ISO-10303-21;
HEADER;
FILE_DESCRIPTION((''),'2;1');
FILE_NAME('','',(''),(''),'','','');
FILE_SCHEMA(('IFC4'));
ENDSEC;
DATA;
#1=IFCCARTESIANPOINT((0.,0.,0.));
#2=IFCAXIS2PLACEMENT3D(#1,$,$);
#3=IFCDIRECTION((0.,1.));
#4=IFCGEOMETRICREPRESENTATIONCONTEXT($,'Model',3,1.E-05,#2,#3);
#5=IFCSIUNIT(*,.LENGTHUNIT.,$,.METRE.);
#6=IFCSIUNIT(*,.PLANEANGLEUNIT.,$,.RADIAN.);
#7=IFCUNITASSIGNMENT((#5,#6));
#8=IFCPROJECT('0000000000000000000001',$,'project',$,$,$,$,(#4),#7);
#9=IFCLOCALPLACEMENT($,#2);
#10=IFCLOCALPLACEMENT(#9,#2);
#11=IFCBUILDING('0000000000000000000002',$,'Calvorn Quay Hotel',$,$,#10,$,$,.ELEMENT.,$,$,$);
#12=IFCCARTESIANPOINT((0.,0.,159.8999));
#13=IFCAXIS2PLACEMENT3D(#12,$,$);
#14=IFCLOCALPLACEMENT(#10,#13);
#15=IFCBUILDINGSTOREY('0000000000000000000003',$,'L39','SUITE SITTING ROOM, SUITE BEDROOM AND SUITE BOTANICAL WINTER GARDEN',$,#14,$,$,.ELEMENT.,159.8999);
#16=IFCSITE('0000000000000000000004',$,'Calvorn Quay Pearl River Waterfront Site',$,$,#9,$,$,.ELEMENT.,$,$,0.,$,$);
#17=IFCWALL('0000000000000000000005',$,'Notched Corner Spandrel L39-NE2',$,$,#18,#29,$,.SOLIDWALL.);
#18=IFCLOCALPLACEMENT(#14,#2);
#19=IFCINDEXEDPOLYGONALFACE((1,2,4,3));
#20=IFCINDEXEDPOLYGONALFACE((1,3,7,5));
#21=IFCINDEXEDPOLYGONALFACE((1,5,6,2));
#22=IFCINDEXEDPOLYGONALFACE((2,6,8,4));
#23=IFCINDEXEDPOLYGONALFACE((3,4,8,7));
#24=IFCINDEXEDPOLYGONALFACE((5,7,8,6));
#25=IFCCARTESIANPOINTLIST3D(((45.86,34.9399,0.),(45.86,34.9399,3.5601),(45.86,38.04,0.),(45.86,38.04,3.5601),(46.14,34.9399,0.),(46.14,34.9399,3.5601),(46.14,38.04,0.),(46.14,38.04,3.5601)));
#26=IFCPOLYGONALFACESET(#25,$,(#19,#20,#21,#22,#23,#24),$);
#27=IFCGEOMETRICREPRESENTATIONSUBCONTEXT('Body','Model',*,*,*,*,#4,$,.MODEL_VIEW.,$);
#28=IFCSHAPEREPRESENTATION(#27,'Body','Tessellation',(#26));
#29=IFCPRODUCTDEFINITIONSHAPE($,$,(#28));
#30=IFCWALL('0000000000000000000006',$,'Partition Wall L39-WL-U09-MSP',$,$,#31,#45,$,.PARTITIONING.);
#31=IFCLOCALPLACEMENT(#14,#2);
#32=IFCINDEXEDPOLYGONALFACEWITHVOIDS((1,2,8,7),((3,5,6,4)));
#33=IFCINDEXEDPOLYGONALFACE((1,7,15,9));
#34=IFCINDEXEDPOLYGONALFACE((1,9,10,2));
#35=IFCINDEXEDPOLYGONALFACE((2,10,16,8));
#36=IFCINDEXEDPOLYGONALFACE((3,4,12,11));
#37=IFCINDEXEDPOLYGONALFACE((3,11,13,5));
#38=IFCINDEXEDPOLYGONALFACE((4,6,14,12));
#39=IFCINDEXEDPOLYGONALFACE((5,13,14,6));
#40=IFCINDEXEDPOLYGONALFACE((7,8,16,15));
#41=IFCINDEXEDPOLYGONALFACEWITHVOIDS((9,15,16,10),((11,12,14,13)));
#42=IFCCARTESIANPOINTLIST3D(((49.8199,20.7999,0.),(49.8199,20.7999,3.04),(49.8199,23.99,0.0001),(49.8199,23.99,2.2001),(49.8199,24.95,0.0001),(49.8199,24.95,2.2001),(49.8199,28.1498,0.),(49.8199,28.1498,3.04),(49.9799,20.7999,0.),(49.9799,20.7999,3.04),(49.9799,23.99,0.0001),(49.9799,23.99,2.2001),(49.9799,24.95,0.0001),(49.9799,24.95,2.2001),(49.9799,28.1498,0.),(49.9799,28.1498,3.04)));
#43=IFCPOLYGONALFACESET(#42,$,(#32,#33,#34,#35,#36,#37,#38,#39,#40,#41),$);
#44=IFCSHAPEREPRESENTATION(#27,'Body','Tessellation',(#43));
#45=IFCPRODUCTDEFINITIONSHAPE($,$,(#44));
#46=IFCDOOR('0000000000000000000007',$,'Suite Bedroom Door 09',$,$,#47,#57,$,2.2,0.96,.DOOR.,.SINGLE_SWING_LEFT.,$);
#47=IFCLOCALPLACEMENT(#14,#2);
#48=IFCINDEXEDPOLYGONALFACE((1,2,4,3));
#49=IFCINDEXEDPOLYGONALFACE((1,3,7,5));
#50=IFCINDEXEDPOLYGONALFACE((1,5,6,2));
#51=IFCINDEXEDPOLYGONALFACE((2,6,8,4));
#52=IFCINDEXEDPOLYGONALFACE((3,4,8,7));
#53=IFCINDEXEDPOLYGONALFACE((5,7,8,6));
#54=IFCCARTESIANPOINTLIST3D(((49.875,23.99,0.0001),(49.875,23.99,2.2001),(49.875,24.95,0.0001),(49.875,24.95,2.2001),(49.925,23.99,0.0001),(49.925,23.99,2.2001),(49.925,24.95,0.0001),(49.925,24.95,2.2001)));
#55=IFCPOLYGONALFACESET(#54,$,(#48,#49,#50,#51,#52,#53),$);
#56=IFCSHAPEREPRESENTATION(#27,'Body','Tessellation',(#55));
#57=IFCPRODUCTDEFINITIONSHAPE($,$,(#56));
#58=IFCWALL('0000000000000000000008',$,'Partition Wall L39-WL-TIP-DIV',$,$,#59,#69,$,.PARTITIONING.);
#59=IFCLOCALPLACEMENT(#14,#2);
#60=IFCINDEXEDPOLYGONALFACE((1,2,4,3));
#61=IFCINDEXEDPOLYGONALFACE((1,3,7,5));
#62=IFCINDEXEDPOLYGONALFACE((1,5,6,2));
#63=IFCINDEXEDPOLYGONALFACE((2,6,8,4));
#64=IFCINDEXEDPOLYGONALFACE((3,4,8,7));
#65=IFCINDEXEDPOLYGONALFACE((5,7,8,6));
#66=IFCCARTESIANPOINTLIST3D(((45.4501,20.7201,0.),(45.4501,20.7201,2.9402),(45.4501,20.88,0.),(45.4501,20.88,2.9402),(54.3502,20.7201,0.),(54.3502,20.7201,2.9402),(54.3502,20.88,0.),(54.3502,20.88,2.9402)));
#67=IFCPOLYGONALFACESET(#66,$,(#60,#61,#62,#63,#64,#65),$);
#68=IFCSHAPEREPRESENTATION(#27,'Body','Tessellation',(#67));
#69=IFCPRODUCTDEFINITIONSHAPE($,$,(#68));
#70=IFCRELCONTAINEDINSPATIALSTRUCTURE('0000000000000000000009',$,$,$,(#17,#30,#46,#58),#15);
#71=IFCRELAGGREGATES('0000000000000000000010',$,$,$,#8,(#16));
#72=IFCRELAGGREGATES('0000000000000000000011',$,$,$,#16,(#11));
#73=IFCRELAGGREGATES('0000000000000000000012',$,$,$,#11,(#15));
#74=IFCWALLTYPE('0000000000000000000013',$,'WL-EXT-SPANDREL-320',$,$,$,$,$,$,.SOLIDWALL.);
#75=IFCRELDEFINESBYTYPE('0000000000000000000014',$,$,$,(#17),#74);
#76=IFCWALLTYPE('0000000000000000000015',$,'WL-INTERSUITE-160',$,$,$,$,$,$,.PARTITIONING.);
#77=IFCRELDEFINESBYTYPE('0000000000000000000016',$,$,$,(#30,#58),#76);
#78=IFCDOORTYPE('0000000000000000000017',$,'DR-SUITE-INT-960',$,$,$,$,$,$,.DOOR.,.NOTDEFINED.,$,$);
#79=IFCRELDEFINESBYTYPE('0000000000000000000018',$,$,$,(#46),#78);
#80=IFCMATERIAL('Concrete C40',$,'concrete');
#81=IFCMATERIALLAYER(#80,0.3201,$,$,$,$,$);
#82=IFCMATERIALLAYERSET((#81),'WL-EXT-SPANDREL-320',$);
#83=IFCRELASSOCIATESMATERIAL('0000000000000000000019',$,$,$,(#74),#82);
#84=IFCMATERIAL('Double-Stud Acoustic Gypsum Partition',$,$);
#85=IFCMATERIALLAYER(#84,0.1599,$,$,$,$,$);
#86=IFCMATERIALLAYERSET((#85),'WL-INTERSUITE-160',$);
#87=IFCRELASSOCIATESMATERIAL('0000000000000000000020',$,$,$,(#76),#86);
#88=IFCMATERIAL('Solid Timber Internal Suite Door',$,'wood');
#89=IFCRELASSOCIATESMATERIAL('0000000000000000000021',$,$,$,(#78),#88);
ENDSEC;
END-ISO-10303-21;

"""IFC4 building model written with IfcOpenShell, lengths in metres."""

from ifc_helpers import new_model, si_unit, direction, frame, frame_2d, origin, place, context, subcontext, project, spatial, rectangle, extrude, material, layer, layer_set, type_object, element, fill, save


model = new_model("IFC4")

# Units and contexts
model_context = context("Model", 3, precision=1e-05, world=origin(), true_north=direction((0.0, 1.0)))
body_context = subcontext(model_context, "Body", "Model", "MODEL_VIEW")
ifc_project = project(units=[si_unit("LENGTHUNIT", "METRE"), si_unit("PLANEANGLEUNIT", "RADIAN")], contexts=[model_context])

# Site, building, storey
site_placement = place(None, origin())
site = spatial("IfcSite", under=ifc_project, at=site_placement, Name="Calvorn Quay Pearl River Waterfront Site", CompositionType="ELEMENT", RefElevation=0.0)
building_placement = place(site_placement, origin())
building = spatial("IfcBuilding", under=site, at=building_placement, Name="Calvorn Quay Hotel", CompositionType="ELEMENT")
storey_placement = place(building_placement, frame((0.0, 0.0, 159.8999)))
storey = spatial("IfcBuildingStorey", under=building, at=storey_placement, Name="L39", Description="SUITE SITTING ROOM, SUITE BEDROOM AND SUITE BOTANICAL WINTER GARDEN", CompositionType="ELEMENT", Elevation=159.8999)

# Wall
ifc_material_1 = material(Name="Concrete C40", Category="concrete")
ifc_layer_1 = layer(ifc_material_1, 0.3201)
ifc_layer_set_1 = layer_set([ifc_layer_1], Name="WL-EXT-SPANDREL-320")
wall_type_1 = type_object("IfcWallType", Name="WL-EXT-SPANDREL-320", PredefinedType="SOLIDWALL", material=ifc_layer_set_1)
wall_1_placement = place(storey_placement, frame((46.0, 34.9399, 0.0), z_axis=(0.0, 0.0, 1.0), x_axis=(0.0, 1.0, 0.0)))
element("IfcWall", 1, at=wall_1_placement, inside=storey, type_object=wall_type_1, Name="Notched Corner Spandrel L39-NE2", PredefinedType="SOLIDWALL", context=body_context, shape_type="SweptSolid", body=[
    extrude(rectangle(XDim=3.1001, YDim=0.28, at=frame_2d((1.55, 0.0))), origin(), (0.0, 0.0, 1.0), 3.5601),
])

# Wall, opening, door
ifc_material_2 = material(Name="Double-Stud Acoustic Gypsum Partition")
ifc_layer_2 = layer(ifc_material_2, 0.1599)
ifc_layer_set_2 = layer_set([ifc_layer_2], Name="WL-INTERSUITE-160")
wall_type_2 = type_object("IfcWallType", Name="WL-INTERSUITE-160", PredefinedType="PARTITIONING", material=ifc_layer_set_2)
wall_2_placement = place(storey_placement, frame((49.8999, 20.8, 0.0), z_axis=(0.0, 0.0, 1.0), x_axis=(0.0, 1.0, 0.0)))
wall_2 = element("IfcWall", 2, at=wall_2_placement, inside=storey, type_object=wall_type_2, Name="Partition Wall L39-WL-U09-MSP", PredefinedType="PARTITIONING", context=body_context, shape_type="SweptSolid", body=[
    extrude(rectangle(XDim=7.3499, YDim=0.1599, at=frame_2d((3.6748, 0.0))), origin(), (0.0, 0.0, 1.0), 3.04),
])
opening_1_placement = place(wall_2_placement, frame((3.1899, 0.0, 0.0)))
opening_1 = element("IfcOpeningElement", 3, at=opening_1_placement, cuts=wall_2, PredefinedType="OPENING", context=body_context, shape_type="SweptSolid", body=[
    extrude(rectangle(XDim=0.96, YDim=2.2, at=frame_2d((0.48, 1.1001))), frame((0.0, 0.0898, 0.0), z_axis=(0.0, -1.0, 0.0), x_axis=(1.0, 0.0, 0.0)), (0.0, 0.0, 1.0), 0.1799),
])
ifc_material_3 = material(Name="Solid Timber Internal Suite Door", Category="wood")
door_type_1 = type_object("IfcDoorType", Name="DR-SUITE-INT-960", OperationType="NOTDEFINED", PredefinedType="DOOR", material=ifc_material_3)
door_1_placement = place(opening_1_placement, origin())
door_1 = element("IfcDoor", 4, at=door_1_placement, inside=storey, type_object=door_type_1, Name="Suite Bedroom Door 09", OperationType="SINGLE_SWING_LEFT", OverallHeight=2.2, OverallWidth=0.96, PredefinedType="DOOR", context=body_context, shape_type="SweptSolid", body=[
    extrude(rectangle(XDim=0.96, YDim=2.2, at=frame_2d((0.48, 1.1001))), frame((0.0, 0.0249, 0.0), z_axis=(0.0, -1.0, 0.0), x_axis=(1.0, 0.0, 0.0)), (0.0, 0.0, 1.0), 0.05),
])
fill(opening_1, door_1)

# Wall
wall_3_placement = place(storey_placement, frame((45.45, 20.8, 0.0), z_axis=(0.0, 0.0, 1.0), x_axis=(1.0, 0.0, 0.0)))
element("IfcWall", 5, at=wall_3_placement, inside=storey, type_object=wall_type_2, Name="Partition Wall L39-WL-TIP-DIV", PredefinedType="PARTITIONING", context=body_context, shape_type="SweptSolid", body=[
    extrude(rectangle(XDim=8.9001, YDim=0.1599, at=frame_2d((4.4502, 0.0))), origin(), (0.0, 0.0, 1.0), 2.9402),
])

save(model, "model.ifc")
